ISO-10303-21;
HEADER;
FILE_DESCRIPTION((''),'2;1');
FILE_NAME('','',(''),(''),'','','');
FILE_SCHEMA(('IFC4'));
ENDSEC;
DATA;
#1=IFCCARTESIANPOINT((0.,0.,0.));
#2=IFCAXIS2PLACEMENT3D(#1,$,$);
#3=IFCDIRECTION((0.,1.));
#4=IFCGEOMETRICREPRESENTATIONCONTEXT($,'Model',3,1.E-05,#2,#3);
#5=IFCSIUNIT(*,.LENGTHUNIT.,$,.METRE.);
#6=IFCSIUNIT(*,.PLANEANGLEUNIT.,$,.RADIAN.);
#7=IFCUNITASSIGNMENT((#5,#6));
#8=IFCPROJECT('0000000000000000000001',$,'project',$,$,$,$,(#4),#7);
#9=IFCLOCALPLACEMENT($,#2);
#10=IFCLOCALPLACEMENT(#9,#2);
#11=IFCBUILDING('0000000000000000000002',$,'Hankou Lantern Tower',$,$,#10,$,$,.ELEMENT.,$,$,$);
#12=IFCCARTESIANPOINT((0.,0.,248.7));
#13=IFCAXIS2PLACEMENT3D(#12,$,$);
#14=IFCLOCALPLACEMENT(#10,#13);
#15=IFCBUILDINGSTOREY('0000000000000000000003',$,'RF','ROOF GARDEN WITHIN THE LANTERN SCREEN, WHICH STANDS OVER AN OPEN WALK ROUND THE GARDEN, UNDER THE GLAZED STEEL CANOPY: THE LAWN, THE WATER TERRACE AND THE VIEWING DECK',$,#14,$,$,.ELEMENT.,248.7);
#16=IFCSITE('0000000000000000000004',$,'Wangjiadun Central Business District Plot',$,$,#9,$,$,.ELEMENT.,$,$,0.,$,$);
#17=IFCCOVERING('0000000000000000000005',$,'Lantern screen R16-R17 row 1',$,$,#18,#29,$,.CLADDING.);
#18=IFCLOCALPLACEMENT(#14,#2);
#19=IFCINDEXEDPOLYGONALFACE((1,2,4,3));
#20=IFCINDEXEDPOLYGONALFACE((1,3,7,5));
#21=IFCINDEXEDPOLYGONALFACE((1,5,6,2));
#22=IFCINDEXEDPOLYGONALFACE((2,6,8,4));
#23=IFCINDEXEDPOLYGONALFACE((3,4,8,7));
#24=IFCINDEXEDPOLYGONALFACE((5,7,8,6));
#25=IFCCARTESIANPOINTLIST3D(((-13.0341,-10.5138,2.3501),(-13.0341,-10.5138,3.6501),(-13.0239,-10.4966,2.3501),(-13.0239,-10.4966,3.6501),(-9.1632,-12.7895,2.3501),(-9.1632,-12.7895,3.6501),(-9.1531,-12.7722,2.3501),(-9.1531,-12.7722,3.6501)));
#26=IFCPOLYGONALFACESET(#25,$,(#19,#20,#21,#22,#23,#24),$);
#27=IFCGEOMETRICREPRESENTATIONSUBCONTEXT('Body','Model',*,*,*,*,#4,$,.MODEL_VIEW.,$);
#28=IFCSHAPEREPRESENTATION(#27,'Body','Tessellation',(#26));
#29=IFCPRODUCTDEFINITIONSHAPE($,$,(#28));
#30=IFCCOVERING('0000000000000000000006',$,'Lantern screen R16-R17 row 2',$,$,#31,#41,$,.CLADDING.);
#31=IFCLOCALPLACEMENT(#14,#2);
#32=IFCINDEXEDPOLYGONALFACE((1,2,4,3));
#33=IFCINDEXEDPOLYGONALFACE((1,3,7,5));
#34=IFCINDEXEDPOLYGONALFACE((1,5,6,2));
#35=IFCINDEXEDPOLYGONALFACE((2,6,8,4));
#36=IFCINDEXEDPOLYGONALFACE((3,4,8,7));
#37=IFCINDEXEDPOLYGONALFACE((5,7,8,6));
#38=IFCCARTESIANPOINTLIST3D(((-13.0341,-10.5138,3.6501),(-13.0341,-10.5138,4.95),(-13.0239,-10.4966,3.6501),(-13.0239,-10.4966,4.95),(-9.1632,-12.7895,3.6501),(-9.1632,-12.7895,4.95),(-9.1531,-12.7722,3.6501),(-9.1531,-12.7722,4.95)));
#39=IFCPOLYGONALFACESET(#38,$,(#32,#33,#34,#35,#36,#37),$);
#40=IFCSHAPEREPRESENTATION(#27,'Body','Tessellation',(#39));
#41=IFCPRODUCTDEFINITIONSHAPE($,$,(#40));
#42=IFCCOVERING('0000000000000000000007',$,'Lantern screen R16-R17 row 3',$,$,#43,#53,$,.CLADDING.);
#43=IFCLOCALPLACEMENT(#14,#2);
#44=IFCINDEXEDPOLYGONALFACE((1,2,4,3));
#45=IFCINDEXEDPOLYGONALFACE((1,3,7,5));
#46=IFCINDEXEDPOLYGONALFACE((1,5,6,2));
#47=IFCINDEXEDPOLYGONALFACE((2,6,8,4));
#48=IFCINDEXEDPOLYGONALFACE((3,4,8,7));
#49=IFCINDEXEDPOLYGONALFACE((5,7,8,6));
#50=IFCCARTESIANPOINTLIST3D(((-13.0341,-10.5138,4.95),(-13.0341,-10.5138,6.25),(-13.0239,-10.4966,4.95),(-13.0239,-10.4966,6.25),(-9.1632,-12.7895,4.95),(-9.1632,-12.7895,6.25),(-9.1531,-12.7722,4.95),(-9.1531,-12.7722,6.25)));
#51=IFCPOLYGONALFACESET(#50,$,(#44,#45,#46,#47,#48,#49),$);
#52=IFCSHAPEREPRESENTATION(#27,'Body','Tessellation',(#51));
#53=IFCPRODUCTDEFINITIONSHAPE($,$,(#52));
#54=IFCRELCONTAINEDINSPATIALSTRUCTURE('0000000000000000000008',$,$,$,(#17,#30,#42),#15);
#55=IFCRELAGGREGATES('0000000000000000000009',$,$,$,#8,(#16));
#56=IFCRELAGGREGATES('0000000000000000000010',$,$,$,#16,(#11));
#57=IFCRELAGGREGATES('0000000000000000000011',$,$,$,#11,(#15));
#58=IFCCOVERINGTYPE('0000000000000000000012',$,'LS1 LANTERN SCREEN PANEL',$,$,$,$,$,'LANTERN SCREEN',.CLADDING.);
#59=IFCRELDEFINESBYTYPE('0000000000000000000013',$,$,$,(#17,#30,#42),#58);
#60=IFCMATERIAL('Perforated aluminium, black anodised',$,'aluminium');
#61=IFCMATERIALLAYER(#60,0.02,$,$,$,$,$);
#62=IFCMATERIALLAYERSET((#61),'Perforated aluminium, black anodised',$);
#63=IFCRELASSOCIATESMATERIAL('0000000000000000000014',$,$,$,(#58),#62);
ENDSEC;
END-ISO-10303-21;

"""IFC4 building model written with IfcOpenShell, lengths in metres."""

from ifc_helpers import new_model, si_unit, direction, frame, origin, place, context, subcontext, project, spatial, polyline, outline, extrude, material, layer, layer_set, type_object, element, save


model = new_model("IFC4")

# Units and contexts
model_context = context("Model", 3, precision=1e-05, world=origin(), true_north=direction((0.0, 1.0)))
body_context = subcontext(model_context, "Body", "Model", "MODEL_VIEW")
ifc_project = project(units=[si_unit("LENGTHUNIT", "METRE"), si_unit("PLANEANGLEUNIT", "RADIAN")], contexts=[model_context])

# Site, building, storey
site_placement = place(None, origin())
site = spatial("IfcSite", under=ifc_project, at=site_placement, Name="Wangjiadun Central Business District Plot", CompositionType="ELEMENT", RefElevation=0.0)
building_placement = place(site_placement, origin())
building = spatial("IfcBuilding", under=site, at=building_placement, Name="Hankou Lantern Tower", CompositionType="ELEMENT")
storey_placement = place(building_placement, frame((0.0, 0.0, 248.7)))
storey = spatial("IfcBuildingStorey", under=building, at=storey_placement, Name="RF", Description="ROOF GARDEN WITHIN THE LANTERN SCREEN, WHICH STANDS OVER AN OPEN WALK ROUND THE GARDEN, UNDER THE GLAZED STEEL CANOPY: THE LAWN, THE WATER TERRACE AND THE VIEWING DECK", CompositionType="ELEMENT", Elevation=248.7)

# Coverings
ifc_material_1 = material(Name="Perforated aluminium, black anodised", Category="aluminium")
ifc_layer_1 = layer(ifc_material_1, 0.02)
ifc_layer_set_1 = layer_set([ifc_layer_1], Name="Perforated aluminium, black anodised")
covering_type = type_object("IfcCoveringType", Name="LS1 LANTERN SCREEN PANEL", ElementType="LANTERN SCREEN", PredefinedType="CLADDING", material=ifc_layer_set_1)
covering_1_placement = place(storey_placement, frame((-13.0239, -10.4966, 2.3501), z_axis=(0.506799, 0.862064, 0.0), x_axis=(0.862064, -0.506799, 0.0)))
element("IfcCovering", 1, at=covering_1_placement, inside=storey, type_object=covering_type, Name="Lantern screen R16-R17 row 1", PredefinedType="CLADDING", context=body_context, shape_type="SweptSolid", body=[
    extrude(outline(polyline([(0.0, 0.0), (4.4902, 0.0), (4.4902, -1.3), (0.0, -1.3), (0.0, 0.0)])), origin(), (0.0, 0.0, -1.0), 0.02),
])
covering_2_placement = place(storey_placement, frame((-13.0239, -10.4966, 3.6501), z_axis=(0.506799, 0.862064, 0.0), x_axis=(0.862064, -0.506799, 0.0)))
element("IfcCovering", 2, at=covering_2_placement, inside=storey, type_object=covering_type, Name="Lantern screen R16-R17 row 2", PredefinedType="CLADDING", context=body_context, shape_type="SweptSolid", body=[
    extrude(outline(polyline([(0.0, 0.0), (4.4902, 0.0), (4.4902, -1.2998), (0.0, -1.2998), (0.0, 0.0)])), origin(), (0.0, 0.0, -1.0), 0.02),
])
covering_3_placement = place(storey_placement, frame((-13.0239, -10.4966, 4.95), z_axis=(0.506799, 0.862064, 0.0), x_axis=(0.862064, -0.506799, 0.0)))
element("IfcCovering", 3, at=covering_3_placement, inside=storey, type_object=covering_type, Name="Lantern screen R16-R17 row 3", PredefinedType="CLADDING", context=body_context, shape_type="SweptSolid", body=[
    extrude(outline(polyline([(0.0, 0.0), (4.4902, 0.0), (4.4902, -1.3), (0.0, -1.3), (0.0, 0.0)])), origin(), (0.0, 0.0, -1.0), 0.02),
])

save(model, "model.ifc")
